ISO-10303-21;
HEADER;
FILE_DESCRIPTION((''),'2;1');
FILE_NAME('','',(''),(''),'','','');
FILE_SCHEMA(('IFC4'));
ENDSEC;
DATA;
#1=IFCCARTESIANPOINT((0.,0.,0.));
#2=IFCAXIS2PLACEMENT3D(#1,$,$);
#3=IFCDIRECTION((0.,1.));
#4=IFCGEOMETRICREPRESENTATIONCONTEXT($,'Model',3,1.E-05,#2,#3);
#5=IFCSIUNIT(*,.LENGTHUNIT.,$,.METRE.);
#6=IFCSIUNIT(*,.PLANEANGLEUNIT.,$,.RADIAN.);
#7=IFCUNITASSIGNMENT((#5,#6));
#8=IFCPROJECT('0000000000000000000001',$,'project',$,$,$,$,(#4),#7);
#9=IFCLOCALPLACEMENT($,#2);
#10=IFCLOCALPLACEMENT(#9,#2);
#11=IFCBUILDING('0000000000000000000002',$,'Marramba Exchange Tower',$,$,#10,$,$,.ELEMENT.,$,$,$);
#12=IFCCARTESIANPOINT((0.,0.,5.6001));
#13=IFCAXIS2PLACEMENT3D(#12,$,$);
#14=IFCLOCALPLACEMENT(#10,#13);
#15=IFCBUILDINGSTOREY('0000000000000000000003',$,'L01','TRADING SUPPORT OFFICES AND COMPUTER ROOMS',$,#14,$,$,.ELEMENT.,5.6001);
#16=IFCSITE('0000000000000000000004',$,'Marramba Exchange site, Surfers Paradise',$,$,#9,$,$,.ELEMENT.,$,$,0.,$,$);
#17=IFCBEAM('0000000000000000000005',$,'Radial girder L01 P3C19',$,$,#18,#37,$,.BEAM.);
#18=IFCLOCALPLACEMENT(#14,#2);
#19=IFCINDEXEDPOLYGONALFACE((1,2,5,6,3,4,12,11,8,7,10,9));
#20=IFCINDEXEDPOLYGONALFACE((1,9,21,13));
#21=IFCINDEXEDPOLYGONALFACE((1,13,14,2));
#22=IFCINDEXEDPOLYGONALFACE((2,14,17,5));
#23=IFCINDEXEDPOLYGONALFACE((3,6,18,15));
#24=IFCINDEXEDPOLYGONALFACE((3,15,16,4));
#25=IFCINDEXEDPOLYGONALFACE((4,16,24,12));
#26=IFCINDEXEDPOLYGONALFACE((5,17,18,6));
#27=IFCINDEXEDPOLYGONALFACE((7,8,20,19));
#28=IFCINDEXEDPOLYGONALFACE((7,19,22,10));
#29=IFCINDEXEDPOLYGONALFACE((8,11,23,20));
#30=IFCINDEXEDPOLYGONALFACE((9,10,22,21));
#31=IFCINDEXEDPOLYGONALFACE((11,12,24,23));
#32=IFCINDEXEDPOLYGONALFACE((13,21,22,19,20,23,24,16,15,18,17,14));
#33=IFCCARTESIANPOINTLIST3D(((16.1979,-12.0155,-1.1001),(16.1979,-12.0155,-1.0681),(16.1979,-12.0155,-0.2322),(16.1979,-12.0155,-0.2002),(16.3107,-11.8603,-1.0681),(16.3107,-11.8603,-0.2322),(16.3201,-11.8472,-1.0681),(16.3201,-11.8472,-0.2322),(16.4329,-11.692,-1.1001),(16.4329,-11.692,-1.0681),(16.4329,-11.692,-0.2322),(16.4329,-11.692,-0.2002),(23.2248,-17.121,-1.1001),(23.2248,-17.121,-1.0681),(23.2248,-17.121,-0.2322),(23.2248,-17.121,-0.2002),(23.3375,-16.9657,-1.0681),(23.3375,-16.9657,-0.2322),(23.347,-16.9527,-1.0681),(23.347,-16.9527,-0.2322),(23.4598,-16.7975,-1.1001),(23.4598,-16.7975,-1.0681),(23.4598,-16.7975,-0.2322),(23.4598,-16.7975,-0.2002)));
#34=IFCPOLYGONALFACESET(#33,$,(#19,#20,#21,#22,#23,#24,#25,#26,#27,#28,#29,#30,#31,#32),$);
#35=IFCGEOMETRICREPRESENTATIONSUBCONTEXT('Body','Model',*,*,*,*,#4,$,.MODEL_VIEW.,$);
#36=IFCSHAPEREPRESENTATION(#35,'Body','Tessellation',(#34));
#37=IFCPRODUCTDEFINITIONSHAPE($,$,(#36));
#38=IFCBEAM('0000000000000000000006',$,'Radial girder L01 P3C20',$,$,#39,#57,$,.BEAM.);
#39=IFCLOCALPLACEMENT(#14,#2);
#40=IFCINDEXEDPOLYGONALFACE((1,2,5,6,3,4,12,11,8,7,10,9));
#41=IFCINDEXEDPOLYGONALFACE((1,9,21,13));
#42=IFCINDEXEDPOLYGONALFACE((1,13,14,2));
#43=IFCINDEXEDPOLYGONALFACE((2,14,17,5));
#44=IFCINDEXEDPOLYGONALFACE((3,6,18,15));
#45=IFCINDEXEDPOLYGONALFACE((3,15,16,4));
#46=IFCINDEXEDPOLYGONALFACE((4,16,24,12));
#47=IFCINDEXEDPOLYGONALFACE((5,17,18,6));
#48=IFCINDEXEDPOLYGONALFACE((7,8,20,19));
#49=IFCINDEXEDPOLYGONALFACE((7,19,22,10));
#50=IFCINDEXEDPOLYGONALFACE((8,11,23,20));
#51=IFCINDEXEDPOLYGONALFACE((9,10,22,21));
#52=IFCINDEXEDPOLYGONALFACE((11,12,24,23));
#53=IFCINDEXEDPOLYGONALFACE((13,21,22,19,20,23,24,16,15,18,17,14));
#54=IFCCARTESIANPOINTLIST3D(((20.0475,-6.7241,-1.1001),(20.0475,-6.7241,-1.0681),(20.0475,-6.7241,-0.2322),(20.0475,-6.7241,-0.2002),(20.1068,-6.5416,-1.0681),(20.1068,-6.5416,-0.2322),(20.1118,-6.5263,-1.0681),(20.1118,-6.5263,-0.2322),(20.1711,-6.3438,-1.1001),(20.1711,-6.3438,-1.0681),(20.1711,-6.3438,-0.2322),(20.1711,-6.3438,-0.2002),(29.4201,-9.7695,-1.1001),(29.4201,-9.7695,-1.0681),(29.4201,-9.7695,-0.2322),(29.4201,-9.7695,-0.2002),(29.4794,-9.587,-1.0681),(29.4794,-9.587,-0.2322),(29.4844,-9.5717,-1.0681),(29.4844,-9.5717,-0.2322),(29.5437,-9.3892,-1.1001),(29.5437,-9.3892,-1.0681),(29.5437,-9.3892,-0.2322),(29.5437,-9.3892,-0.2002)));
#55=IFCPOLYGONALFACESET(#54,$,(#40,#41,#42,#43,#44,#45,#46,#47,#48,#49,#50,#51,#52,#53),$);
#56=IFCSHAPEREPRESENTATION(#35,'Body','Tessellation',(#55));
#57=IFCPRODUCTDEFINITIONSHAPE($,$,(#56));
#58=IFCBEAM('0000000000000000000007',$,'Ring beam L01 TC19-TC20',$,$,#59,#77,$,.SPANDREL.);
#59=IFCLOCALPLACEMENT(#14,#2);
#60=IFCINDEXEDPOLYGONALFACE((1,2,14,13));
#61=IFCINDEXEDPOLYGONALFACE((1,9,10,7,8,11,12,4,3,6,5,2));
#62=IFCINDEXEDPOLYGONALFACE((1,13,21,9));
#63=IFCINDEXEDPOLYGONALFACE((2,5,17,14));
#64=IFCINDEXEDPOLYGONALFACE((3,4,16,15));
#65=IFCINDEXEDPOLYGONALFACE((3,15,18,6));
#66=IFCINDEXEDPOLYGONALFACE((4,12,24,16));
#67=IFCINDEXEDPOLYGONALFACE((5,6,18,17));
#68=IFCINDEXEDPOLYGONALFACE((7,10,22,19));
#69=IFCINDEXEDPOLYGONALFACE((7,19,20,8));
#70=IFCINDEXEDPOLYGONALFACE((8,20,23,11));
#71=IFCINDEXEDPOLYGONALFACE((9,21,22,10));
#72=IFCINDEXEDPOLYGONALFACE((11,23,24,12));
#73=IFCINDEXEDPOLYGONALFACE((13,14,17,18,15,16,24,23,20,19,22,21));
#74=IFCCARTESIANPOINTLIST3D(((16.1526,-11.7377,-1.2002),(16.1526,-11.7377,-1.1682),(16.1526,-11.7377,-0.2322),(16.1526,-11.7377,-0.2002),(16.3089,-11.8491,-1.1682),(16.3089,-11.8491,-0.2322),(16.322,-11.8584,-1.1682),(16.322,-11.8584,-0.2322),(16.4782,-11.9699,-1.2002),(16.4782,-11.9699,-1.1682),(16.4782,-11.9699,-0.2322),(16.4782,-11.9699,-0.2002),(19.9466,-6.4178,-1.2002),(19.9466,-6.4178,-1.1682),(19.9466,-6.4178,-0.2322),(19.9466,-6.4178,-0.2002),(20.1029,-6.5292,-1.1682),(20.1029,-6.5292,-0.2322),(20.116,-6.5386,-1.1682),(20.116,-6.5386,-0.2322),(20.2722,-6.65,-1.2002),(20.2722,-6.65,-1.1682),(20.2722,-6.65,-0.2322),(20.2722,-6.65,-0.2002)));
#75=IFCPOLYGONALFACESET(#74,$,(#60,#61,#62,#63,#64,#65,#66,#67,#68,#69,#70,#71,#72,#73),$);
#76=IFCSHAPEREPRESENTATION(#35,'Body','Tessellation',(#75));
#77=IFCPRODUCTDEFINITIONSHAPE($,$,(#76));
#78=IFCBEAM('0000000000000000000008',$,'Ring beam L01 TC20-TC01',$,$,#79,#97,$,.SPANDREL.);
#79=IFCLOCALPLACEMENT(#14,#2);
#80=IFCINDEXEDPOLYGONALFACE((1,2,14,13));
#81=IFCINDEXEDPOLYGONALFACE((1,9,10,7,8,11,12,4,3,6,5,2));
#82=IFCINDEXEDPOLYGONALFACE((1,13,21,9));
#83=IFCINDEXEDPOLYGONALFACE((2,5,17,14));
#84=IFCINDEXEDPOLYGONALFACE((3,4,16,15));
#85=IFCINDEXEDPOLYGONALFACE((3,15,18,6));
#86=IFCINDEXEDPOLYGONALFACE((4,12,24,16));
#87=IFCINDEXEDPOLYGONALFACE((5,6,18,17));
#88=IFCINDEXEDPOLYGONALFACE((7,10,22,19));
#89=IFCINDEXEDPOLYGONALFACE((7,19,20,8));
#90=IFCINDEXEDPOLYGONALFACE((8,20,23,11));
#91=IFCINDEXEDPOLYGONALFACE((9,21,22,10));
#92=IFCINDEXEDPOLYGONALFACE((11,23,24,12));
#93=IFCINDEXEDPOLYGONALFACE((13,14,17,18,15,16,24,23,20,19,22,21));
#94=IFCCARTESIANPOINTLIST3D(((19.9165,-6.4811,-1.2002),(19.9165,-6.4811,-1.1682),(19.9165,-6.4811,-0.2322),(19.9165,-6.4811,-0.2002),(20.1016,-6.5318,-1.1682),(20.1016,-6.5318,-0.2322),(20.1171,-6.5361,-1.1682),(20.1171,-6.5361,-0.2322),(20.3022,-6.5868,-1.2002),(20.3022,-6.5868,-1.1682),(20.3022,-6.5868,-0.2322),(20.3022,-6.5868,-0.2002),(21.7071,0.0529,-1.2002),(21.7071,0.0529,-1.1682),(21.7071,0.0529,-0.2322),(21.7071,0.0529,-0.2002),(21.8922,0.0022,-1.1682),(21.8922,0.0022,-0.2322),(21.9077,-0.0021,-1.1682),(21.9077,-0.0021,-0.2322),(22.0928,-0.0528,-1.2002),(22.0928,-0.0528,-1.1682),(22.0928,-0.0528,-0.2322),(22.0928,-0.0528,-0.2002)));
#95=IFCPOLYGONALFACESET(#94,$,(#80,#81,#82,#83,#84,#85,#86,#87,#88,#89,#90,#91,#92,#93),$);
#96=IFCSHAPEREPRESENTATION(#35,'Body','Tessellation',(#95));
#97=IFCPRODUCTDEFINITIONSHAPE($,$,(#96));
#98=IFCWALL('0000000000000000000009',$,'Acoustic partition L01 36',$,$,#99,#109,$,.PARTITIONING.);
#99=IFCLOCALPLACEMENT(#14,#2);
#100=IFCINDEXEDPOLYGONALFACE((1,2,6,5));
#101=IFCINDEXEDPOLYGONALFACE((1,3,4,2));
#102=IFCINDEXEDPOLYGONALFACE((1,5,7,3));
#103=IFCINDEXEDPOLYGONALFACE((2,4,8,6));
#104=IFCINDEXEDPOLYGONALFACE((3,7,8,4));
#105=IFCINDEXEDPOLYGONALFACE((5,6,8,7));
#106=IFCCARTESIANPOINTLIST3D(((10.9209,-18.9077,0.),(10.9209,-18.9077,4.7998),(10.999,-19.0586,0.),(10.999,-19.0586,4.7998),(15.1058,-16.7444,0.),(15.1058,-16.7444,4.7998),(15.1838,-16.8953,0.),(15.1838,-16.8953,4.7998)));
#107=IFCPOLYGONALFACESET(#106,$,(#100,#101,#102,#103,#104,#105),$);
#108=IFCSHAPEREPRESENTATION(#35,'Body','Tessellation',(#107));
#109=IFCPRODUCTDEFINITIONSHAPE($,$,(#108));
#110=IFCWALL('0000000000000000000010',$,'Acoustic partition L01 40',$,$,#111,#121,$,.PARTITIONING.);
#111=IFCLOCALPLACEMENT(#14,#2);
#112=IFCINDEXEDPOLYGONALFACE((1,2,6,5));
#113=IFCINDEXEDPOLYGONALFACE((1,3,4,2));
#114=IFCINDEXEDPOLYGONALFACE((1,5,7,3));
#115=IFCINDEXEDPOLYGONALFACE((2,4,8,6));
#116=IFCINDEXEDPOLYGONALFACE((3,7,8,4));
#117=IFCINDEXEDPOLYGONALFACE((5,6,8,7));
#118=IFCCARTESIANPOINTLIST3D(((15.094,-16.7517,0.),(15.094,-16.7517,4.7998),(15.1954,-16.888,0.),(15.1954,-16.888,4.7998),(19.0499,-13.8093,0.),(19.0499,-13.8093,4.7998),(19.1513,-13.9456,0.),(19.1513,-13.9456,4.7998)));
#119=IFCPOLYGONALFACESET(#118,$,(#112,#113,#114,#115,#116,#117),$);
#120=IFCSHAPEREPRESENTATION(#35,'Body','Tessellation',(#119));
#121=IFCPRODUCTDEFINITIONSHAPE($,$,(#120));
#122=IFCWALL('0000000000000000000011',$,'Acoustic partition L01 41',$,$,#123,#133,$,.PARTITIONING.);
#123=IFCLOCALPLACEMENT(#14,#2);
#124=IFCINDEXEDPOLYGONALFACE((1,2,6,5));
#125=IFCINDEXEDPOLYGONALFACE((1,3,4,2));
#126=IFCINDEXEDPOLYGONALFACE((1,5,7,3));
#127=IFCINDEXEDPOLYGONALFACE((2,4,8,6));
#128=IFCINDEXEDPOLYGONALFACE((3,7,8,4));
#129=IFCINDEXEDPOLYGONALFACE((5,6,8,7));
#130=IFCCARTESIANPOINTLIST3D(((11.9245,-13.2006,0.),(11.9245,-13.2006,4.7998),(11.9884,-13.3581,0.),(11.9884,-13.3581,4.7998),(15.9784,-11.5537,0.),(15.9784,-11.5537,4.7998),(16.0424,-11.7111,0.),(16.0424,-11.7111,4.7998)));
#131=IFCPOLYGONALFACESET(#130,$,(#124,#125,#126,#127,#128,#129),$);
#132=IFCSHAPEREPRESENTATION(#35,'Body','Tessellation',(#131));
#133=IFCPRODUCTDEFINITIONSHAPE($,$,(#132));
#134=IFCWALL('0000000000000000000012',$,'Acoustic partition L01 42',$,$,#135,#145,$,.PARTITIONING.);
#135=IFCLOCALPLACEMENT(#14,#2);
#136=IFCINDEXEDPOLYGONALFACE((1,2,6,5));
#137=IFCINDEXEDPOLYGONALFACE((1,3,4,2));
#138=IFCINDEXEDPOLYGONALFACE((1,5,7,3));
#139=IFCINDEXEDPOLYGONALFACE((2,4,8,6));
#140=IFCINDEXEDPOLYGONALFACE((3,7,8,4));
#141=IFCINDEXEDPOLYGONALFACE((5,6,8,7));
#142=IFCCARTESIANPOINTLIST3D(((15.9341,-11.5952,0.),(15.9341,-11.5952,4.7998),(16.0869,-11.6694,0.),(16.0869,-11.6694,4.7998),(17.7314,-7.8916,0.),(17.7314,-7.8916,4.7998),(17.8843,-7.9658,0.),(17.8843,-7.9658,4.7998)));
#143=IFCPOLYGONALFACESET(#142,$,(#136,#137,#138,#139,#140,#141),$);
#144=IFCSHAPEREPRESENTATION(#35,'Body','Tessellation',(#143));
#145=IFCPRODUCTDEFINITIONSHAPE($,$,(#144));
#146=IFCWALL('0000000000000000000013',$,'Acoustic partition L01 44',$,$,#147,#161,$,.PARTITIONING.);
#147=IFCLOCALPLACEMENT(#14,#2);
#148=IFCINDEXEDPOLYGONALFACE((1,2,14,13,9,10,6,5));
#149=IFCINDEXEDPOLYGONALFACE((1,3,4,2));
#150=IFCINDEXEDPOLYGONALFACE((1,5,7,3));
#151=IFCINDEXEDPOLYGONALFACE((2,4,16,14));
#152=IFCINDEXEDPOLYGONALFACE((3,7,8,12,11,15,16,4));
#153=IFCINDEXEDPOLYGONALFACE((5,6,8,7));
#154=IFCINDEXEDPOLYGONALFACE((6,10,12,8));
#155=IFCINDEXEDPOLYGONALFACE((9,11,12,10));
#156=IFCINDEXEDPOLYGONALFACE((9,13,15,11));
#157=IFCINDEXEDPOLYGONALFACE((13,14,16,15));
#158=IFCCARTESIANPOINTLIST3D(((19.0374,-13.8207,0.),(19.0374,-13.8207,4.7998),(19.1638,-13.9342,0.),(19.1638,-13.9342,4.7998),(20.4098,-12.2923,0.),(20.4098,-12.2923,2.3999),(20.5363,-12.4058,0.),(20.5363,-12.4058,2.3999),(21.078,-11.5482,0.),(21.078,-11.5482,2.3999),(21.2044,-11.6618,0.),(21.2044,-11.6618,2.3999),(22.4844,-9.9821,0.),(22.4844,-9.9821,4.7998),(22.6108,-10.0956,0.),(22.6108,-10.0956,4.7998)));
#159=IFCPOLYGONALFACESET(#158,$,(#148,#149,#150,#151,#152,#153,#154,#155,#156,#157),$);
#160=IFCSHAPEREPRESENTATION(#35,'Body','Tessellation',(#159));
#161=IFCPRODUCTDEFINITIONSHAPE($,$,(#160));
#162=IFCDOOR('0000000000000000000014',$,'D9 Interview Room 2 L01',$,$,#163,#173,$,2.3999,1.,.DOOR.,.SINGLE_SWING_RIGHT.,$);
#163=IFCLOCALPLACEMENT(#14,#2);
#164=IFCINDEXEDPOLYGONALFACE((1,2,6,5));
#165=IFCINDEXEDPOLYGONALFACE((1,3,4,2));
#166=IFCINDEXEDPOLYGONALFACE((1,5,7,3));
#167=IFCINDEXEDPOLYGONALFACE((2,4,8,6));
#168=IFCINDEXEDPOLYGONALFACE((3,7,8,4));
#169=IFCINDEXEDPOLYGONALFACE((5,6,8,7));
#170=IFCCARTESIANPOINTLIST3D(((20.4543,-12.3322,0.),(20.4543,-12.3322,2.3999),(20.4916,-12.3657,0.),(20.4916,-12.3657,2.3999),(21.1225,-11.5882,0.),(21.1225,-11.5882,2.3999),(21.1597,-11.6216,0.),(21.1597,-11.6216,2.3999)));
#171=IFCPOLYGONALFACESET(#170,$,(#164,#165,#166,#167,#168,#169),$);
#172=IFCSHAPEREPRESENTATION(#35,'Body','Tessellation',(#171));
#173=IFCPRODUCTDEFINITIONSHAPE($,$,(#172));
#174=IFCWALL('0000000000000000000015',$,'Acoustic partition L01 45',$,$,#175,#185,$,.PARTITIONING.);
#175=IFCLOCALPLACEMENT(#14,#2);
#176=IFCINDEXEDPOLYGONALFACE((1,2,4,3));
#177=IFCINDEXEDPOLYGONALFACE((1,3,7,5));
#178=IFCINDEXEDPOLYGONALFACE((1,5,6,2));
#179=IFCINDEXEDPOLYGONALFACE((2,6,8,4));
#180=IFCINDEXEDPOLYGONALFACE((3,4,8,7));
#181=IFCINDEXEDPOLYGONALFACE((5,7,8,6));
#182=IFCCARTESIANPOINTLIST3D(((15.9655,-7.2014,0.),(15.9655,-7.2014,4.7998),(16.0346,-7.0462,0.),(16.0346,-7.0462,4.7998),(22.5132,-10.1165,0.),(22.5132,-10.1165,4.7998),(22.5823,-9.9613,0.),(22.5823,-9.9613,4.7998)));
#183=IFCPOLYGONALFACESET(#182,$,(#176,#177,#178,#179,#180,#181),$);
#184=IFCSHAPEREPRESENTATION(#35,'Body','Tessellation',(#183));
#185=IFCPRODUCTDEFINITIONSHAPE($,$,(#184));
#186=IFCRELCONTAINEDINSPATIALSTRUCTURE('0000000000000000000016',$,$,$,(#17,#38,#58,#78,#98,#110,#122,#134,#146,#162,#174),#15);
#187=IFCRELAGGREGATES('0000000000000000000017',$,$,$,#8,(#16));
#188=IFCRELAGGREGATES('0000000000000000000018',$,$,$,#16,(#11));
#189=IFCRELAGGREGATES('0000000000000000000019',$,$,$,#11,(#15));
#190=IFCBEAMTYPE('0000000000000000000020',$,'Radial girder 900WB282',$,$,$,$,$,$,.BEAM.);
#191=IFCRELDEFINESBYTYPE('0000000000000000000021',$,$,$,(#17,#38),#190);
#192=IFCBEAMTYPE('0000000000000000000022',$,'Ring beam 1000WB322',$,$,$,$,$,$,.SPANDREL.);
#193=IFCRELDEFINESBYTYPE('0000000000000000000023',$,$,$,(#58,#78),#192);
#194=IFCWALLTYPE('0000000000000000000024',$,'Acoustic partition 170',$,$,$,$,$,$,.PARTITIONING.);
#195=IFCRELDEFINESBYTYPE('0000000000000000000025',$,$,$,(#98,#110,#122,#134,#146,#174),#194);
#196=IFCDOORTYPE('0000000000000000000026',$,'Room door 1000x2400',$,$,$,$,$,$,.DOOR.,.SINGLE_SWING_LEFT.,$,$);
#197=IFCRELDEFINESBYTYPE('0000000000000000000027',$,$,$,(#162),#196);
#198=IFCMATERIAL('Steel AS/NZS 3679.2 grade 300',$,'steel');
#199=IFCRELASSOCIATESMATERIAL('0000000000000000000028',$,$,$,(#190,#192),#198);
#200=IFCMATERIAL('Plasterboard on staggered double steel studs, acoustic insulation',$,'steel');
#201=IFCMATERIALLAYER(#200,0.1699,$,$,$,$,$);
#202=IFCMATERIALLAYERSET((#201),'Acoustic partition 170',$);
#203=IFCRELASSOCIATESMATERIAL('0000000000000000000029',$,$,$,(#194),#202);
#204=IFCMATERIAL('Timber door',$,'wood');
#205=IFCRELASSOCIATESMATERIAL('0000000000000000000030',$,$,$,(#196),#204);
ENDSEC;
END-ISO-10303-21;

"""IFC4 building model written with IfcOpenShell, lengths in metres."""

from ifc_helpers import new_model, si_unit, direction, frame, frame_2d, origin, origin_2d, place, context, subcontext, project, spatial, rectangle, i_section, extrude, material, layer, layer_set, material_profile, profile_set, type_object, element, fill, save


model = new_model("IFC4")

# Units and contexts
model_context = context("Model", 3, precision=1e-05, world=origin(), true_north=direction((0.0, 1.0)))
body_context = subcontext(model_context, "Body", "Model", "MODEL_VIEW")
ifc_project = project(units=[si_unit("LENGTHUNIT", "METRE"), si_unit("PLANEANGLEUNIT", "RADIAN")], contexts=[model_context])

# Site, building, storey
site_placement = place(None, origin())
site = spatial("IfcSite", under=ifc_project, at=site_placement, Name="Marramba Exchange site, Surfers Paradise", CompositionType="ELEMENT", RefElevation=0.0)
building_placement = place(site_placement, origin())
building = spatial("IfcBuilding", under=site, at=building_placement, Name="Marramba Exchange Tower", CompositionType="ELEMENT")
storey_placement = place(building_placement, frame((0.0, 0.0, 5.6001)))
storey = spatial("IfcBuildingStorey", under=building, at=storey_placement, Name="L01", Description="TRADING SUPPORT OFFICES AND COMPUTER ROOMS", CompositionType="ELEMENT", Elevation=5.6001)

# Beams
ifc_material_1 = material(Name="Steel AS/NZS 3679.2 grade 300", Category="steel")
ifc_material_profile_1 = material_profile(ifc_material_1, i_section(OverallWidth=0.3999, OverallDepth=0.8999, WebThickness=0.0161, FlangeThickness=0.032, at=origin_2d()), Name="900WB282")
ifc_profile_set_1 = profile_set([ifc_material_profile_1], Name="Steel AS/NZS 3679.2 grade 300")
beam_type_1 = type_object("IfcBeamType", Name="Radial girder 900WB282", PredefinedType="BEAM", material=ifc_profile_set_1)
beam_1_placement = place(storey_placement, frame((23.3423, -16.9592, -0.6501), z_axis=(-0.809008, 0.587797, 0.0), x_axis=(-0.587797, -0.809008, 0.0)))
element("IfcBeam", 1, at=beam_1_placement, inside=storey, type_object=beam_type_1, Name="Radial girder L01 P3C19", PredefinedType="BEAM", context=body_context, shape_type="SweptSolid", body=[
    extrude(i_section(OverallWidth=0.3999, OverallDepth=0.8999, WebThickness=0.0161, FlangeThickness=0.032, at=origin_2d()), origin(), (0.0, 0.0, 1.0), 8.6858),
])
beam_2_placement = place(storey_placement, frame((29.4819, -9.5793, -0.6501), z_axis=(-0.951054, 0.309024, 0.0), x_axis=(-0.309024, -0.951054, 0.0)))
element("IfcBeam", 2, at=beam_2_placement, inside=storey, type_object=beam_type_1, Name="Radial girder L01 P3C20", PredefinedType="BEAM", context=body_context, shape_type="SweptSolid", body=[
    extrude(i_section(OverallWidth=0.3999, OverallDepth=0.8999, WebThickness=0.0161, FlangeThickness=0.032, at=origin_2d()), origin(), (0.0, 0.0, 1.0), 9.855),
])
ifc_material_profile_2 = material_profile(ifc_material_1, i_section(OverallWidth=0.3999, OverallDepth=1.0, WebThickness=0.0161, FlangeThickness=0.032, at=origin_2d()), Name="1000WB322")
ifc_profile_set_2 = profile_set([ifc_material_profile_2], Name="Steel AS/NZS 3679.2 grade 300")
beam_type_2 = type_object("IfcBeamType", Name="Ring beam 1000WB322", PredefinedType="SPANDREL", material=ifc_profile_set_2)
beam_3_placement = place(storey_placement, frame((16.3154, -11.8538, -0.7002), z_axis=(0.580637, 0.814162, 0.0), x_axis=(-0.814162, 0.580637, 0.0)))
element("IfcBeam", 3, at=beam_3_placement, inside=storey, type_object=beam_type_2, Name="Ring beam L01 TC19-TC20", PredefinedType="SPANDREL", context=body_context, shape_type="SweptSolid", body=[
    extrude(i_section(OverallWidth=0.3999, OverallDepth=1.0, WebThickness=0.0161, FlangeThickness=0.032, at=origin_2d()), origin(), (0.0, 0.0, 1.0), 6.5342),
])
beam_4_placement = place(storey_placement, frame((20.1094, -6.5339, -0.7002), z_axis=(0.264291, 0.964443, 0.0), x_axis=(-0.964443, 0.264291, 0.0)))
element("IfcBeam", 4, at=beam_4_placement, inside=storey, type_object=beam_type_2, Name="Ring beam L01 TC20-TC01", PredefinedType="SPANDREL", context=body_context, shape_type="SweptSolid", body=[
    extrude(i_section(OverallWidth=0.3999, OverallDepth=1.0, WebThickness=0.0161, FlangeThickness=0.032, at=origin_2d()), origin(), (0.0, 0.0, 1.0), 6.7749),
])

# Walls
ifc_material_2 = material(Name="Plasterboard on staggered double steel studs, acoustic insulation", Category="steel")
ifc_layer_1 = layer(ifc_material_2, 0.1699)
ifc_layer_set_1 = layer_set([ifc_layer_1], Name="Acoustic partition 170")
wall_type_1 = type_object("IfcWallType", Name="Acoustic partition 170", PredefinedType="PARTITIONING", material=ifc_layer_set_1)
wall_1_placement = place(storey_placement, frame((15.1448, -16.8198, 0.0), z_axis=(0.0, 0.0, 1.0), x_axis=(-0.888324, -0.459217, 0.0)))
element("IfcWall", 5, at=wall_1_placement, inside=storey, type_object=wall_type_1, Name="Acoustic partition L01 36", PredefinedType="PARTITIONING", context=body_context, shape_type="SweptSolid", body=[
    extrude(rectangle(XDim=4.7109, YDim=0.1699, at=frame_2d((2.3555, 0.0))), origin(), (0.0, 0.0, 1.0), 4.7998),
])
wall_2_placement = place(storey_placement, frame((19.1006, -13.8774, 0.0), z_axis=(0.0, 0.0, 1.0), x_axis=(-0.802377, -0.596818, 0.0)))
element("IfcWall", 6, at=wall_2_placement, inside=storey, type_object=wall_type_1, Name="Acoustic partition L01 40", PredefinedType="PARTITIONING", context=body_context, shape_type="SweptSolid", body=[
    extrude(rectangle(XDim=4.9302, YDim=0.1699, at=frame_2d((2.4651, 0.0))), origin(), (0.0, 0.0, 1.0), 4.7998),
])
wall_3_placement = place(storey_placement, frame((16.0105, -11.6323, 0.0), z_axis=(0.0, 0.0, 1.0), x_axis=(-0.926462, -0.376388, 0.0)))
element("IfcWall", 7, at=wall_3_placement, inside=storey, type_object=wall_type_1, Name="Acoustic partition L01 41", PredefinedType="PARTITIONING", context=body_context, shape_type="SweptSolid", body=[
    extrude(rectangle(XDim=4.3757, YDim=0.1699, at=frame_2d((2.188, 0.0))), origin(), (0.0, 0.0, 1.0), 4.7998),
])
wall_4_placement = place(storey_placement, frame((17.8079, -7.9287, 0.0), z_axis=(0.0, 0.0, 1.0), x_axis=(-0.436602, -0.899655, 0.0)))
element("IfcWall", 8, at=wall_4_placement, inside=storey, type_object=wall_type_1, Name="Acoustic partition L01 42", PredefinedType="PARTITIONING", context=body_context, shape_type="SweptSolid", body=[
    extrude(rectangle(XDim=4.1167, YDim=0.1699, at=frame_2d((2.0583, 0.0))), origin(), (0.0, 0.0, 1.0), 4.7998),
])

# Wall, opening, door
wall_5_placement = place(storey_placement, frame((22.5476, -10.0388, 0.0), z_axis=(0.0, 0.0, 1.0), x_axis=(-0.668136, -0.74404, 0.0)))
wall_5 = element("IfcWall", 9, at=wall_5_placement, inside=storey, type_object=wall_type_1, Name="Acoustic partition L01 44", PredefinedType="PARTITIONING", context=body_context, shape_type="SweptSolid", body=[
    extrude(rectangle(XDim=5.1592, YDim=0.1699, at=frame_2d((2.5796, 0.0))), origin(), (0.0, 0.0, 1.0), 4.7998),
])
opening_1_placement = place(wall_5_placement, frame((2.105, 0.0, 0.0)))
opening_1 = element("IfcOpeningElement", 10, at=opening_1_placement, cuts=wall_5, PredefinedType="OPENING", context=body_context, shape_type="SweptSolid", body=[
    extrude(rectangle(XDim=1.0, YDim=2.3999, at=frame_2d((0.5, 1.2))), frame((0.0, 0.095, 0.0), z_axis=(0.0, -1.0, 0.0), x_axis=(1.0, 0.0, 0.0)), (0.0, 0.0, 1.0), 0.1899),
])
ifc_material_3 = material(Name="Timber door", Category="wood")
door_type_1 = type_object("IfcDoorType", Name="Room door 1000x2400", OperationType="SINGLE_SWING_LEFT", PredefinedType="DOOR", material=ifc_material_3)
door_1_placement = place(opening_1_placement, frame((1.0, 0.0, 0.0), z_axis=(0.0, 0.0, 1.0), x_axis=(-1.0, 0.0, 0.0)))
door_1 = element("IfcDoor", 11, at=door_1_placement, inside=storey, type_object=door_type_1, Name="D9 Interview Room 2 L01", OperationType="SINGLE_SWING_RIGHT", OverallHeight=2.3999, OverallWidth=1.0, PredefinedType="DOOR", context=body_context, shape_type="SweptSolid", body=[
    extrude(rectangle(XDim=1.0, YDim=2.3999, at=frame_2d((0.5, 1.2))), frame((0.0, 0.0251, 0.0), z_axis=(0.0, -1.0, 0.0), x_axis=(1.0, 0.0, 0.0)), (0.0, 0.0, 1.0), 0.05),
])
fill(opening_1, door_1)

# Wall
wall_6_placement = place(storey_placement, frame((22.5476, -10.0388, 0.0), z_axis=(0.0, 0.0, 1.0), x_axis=(-0.913553, 0.40672, 0.0)))
element("IfcWall", 12, at=wall_6_placement, inside=storey, type_object=wall_type_1, Name="Acoustic partition L01 45", PredefinedType="PARTITIONING", context=body_context, shape_type="SweptSolid", body=[
    extrude(rectangle(XDim=7.1672, YDim=0.1699, at=frame_2d((3.5835, 0.0))), origin(), (0.0, 0.0, 1.0), 4.7998),
])

save(model, "model.ifc")
